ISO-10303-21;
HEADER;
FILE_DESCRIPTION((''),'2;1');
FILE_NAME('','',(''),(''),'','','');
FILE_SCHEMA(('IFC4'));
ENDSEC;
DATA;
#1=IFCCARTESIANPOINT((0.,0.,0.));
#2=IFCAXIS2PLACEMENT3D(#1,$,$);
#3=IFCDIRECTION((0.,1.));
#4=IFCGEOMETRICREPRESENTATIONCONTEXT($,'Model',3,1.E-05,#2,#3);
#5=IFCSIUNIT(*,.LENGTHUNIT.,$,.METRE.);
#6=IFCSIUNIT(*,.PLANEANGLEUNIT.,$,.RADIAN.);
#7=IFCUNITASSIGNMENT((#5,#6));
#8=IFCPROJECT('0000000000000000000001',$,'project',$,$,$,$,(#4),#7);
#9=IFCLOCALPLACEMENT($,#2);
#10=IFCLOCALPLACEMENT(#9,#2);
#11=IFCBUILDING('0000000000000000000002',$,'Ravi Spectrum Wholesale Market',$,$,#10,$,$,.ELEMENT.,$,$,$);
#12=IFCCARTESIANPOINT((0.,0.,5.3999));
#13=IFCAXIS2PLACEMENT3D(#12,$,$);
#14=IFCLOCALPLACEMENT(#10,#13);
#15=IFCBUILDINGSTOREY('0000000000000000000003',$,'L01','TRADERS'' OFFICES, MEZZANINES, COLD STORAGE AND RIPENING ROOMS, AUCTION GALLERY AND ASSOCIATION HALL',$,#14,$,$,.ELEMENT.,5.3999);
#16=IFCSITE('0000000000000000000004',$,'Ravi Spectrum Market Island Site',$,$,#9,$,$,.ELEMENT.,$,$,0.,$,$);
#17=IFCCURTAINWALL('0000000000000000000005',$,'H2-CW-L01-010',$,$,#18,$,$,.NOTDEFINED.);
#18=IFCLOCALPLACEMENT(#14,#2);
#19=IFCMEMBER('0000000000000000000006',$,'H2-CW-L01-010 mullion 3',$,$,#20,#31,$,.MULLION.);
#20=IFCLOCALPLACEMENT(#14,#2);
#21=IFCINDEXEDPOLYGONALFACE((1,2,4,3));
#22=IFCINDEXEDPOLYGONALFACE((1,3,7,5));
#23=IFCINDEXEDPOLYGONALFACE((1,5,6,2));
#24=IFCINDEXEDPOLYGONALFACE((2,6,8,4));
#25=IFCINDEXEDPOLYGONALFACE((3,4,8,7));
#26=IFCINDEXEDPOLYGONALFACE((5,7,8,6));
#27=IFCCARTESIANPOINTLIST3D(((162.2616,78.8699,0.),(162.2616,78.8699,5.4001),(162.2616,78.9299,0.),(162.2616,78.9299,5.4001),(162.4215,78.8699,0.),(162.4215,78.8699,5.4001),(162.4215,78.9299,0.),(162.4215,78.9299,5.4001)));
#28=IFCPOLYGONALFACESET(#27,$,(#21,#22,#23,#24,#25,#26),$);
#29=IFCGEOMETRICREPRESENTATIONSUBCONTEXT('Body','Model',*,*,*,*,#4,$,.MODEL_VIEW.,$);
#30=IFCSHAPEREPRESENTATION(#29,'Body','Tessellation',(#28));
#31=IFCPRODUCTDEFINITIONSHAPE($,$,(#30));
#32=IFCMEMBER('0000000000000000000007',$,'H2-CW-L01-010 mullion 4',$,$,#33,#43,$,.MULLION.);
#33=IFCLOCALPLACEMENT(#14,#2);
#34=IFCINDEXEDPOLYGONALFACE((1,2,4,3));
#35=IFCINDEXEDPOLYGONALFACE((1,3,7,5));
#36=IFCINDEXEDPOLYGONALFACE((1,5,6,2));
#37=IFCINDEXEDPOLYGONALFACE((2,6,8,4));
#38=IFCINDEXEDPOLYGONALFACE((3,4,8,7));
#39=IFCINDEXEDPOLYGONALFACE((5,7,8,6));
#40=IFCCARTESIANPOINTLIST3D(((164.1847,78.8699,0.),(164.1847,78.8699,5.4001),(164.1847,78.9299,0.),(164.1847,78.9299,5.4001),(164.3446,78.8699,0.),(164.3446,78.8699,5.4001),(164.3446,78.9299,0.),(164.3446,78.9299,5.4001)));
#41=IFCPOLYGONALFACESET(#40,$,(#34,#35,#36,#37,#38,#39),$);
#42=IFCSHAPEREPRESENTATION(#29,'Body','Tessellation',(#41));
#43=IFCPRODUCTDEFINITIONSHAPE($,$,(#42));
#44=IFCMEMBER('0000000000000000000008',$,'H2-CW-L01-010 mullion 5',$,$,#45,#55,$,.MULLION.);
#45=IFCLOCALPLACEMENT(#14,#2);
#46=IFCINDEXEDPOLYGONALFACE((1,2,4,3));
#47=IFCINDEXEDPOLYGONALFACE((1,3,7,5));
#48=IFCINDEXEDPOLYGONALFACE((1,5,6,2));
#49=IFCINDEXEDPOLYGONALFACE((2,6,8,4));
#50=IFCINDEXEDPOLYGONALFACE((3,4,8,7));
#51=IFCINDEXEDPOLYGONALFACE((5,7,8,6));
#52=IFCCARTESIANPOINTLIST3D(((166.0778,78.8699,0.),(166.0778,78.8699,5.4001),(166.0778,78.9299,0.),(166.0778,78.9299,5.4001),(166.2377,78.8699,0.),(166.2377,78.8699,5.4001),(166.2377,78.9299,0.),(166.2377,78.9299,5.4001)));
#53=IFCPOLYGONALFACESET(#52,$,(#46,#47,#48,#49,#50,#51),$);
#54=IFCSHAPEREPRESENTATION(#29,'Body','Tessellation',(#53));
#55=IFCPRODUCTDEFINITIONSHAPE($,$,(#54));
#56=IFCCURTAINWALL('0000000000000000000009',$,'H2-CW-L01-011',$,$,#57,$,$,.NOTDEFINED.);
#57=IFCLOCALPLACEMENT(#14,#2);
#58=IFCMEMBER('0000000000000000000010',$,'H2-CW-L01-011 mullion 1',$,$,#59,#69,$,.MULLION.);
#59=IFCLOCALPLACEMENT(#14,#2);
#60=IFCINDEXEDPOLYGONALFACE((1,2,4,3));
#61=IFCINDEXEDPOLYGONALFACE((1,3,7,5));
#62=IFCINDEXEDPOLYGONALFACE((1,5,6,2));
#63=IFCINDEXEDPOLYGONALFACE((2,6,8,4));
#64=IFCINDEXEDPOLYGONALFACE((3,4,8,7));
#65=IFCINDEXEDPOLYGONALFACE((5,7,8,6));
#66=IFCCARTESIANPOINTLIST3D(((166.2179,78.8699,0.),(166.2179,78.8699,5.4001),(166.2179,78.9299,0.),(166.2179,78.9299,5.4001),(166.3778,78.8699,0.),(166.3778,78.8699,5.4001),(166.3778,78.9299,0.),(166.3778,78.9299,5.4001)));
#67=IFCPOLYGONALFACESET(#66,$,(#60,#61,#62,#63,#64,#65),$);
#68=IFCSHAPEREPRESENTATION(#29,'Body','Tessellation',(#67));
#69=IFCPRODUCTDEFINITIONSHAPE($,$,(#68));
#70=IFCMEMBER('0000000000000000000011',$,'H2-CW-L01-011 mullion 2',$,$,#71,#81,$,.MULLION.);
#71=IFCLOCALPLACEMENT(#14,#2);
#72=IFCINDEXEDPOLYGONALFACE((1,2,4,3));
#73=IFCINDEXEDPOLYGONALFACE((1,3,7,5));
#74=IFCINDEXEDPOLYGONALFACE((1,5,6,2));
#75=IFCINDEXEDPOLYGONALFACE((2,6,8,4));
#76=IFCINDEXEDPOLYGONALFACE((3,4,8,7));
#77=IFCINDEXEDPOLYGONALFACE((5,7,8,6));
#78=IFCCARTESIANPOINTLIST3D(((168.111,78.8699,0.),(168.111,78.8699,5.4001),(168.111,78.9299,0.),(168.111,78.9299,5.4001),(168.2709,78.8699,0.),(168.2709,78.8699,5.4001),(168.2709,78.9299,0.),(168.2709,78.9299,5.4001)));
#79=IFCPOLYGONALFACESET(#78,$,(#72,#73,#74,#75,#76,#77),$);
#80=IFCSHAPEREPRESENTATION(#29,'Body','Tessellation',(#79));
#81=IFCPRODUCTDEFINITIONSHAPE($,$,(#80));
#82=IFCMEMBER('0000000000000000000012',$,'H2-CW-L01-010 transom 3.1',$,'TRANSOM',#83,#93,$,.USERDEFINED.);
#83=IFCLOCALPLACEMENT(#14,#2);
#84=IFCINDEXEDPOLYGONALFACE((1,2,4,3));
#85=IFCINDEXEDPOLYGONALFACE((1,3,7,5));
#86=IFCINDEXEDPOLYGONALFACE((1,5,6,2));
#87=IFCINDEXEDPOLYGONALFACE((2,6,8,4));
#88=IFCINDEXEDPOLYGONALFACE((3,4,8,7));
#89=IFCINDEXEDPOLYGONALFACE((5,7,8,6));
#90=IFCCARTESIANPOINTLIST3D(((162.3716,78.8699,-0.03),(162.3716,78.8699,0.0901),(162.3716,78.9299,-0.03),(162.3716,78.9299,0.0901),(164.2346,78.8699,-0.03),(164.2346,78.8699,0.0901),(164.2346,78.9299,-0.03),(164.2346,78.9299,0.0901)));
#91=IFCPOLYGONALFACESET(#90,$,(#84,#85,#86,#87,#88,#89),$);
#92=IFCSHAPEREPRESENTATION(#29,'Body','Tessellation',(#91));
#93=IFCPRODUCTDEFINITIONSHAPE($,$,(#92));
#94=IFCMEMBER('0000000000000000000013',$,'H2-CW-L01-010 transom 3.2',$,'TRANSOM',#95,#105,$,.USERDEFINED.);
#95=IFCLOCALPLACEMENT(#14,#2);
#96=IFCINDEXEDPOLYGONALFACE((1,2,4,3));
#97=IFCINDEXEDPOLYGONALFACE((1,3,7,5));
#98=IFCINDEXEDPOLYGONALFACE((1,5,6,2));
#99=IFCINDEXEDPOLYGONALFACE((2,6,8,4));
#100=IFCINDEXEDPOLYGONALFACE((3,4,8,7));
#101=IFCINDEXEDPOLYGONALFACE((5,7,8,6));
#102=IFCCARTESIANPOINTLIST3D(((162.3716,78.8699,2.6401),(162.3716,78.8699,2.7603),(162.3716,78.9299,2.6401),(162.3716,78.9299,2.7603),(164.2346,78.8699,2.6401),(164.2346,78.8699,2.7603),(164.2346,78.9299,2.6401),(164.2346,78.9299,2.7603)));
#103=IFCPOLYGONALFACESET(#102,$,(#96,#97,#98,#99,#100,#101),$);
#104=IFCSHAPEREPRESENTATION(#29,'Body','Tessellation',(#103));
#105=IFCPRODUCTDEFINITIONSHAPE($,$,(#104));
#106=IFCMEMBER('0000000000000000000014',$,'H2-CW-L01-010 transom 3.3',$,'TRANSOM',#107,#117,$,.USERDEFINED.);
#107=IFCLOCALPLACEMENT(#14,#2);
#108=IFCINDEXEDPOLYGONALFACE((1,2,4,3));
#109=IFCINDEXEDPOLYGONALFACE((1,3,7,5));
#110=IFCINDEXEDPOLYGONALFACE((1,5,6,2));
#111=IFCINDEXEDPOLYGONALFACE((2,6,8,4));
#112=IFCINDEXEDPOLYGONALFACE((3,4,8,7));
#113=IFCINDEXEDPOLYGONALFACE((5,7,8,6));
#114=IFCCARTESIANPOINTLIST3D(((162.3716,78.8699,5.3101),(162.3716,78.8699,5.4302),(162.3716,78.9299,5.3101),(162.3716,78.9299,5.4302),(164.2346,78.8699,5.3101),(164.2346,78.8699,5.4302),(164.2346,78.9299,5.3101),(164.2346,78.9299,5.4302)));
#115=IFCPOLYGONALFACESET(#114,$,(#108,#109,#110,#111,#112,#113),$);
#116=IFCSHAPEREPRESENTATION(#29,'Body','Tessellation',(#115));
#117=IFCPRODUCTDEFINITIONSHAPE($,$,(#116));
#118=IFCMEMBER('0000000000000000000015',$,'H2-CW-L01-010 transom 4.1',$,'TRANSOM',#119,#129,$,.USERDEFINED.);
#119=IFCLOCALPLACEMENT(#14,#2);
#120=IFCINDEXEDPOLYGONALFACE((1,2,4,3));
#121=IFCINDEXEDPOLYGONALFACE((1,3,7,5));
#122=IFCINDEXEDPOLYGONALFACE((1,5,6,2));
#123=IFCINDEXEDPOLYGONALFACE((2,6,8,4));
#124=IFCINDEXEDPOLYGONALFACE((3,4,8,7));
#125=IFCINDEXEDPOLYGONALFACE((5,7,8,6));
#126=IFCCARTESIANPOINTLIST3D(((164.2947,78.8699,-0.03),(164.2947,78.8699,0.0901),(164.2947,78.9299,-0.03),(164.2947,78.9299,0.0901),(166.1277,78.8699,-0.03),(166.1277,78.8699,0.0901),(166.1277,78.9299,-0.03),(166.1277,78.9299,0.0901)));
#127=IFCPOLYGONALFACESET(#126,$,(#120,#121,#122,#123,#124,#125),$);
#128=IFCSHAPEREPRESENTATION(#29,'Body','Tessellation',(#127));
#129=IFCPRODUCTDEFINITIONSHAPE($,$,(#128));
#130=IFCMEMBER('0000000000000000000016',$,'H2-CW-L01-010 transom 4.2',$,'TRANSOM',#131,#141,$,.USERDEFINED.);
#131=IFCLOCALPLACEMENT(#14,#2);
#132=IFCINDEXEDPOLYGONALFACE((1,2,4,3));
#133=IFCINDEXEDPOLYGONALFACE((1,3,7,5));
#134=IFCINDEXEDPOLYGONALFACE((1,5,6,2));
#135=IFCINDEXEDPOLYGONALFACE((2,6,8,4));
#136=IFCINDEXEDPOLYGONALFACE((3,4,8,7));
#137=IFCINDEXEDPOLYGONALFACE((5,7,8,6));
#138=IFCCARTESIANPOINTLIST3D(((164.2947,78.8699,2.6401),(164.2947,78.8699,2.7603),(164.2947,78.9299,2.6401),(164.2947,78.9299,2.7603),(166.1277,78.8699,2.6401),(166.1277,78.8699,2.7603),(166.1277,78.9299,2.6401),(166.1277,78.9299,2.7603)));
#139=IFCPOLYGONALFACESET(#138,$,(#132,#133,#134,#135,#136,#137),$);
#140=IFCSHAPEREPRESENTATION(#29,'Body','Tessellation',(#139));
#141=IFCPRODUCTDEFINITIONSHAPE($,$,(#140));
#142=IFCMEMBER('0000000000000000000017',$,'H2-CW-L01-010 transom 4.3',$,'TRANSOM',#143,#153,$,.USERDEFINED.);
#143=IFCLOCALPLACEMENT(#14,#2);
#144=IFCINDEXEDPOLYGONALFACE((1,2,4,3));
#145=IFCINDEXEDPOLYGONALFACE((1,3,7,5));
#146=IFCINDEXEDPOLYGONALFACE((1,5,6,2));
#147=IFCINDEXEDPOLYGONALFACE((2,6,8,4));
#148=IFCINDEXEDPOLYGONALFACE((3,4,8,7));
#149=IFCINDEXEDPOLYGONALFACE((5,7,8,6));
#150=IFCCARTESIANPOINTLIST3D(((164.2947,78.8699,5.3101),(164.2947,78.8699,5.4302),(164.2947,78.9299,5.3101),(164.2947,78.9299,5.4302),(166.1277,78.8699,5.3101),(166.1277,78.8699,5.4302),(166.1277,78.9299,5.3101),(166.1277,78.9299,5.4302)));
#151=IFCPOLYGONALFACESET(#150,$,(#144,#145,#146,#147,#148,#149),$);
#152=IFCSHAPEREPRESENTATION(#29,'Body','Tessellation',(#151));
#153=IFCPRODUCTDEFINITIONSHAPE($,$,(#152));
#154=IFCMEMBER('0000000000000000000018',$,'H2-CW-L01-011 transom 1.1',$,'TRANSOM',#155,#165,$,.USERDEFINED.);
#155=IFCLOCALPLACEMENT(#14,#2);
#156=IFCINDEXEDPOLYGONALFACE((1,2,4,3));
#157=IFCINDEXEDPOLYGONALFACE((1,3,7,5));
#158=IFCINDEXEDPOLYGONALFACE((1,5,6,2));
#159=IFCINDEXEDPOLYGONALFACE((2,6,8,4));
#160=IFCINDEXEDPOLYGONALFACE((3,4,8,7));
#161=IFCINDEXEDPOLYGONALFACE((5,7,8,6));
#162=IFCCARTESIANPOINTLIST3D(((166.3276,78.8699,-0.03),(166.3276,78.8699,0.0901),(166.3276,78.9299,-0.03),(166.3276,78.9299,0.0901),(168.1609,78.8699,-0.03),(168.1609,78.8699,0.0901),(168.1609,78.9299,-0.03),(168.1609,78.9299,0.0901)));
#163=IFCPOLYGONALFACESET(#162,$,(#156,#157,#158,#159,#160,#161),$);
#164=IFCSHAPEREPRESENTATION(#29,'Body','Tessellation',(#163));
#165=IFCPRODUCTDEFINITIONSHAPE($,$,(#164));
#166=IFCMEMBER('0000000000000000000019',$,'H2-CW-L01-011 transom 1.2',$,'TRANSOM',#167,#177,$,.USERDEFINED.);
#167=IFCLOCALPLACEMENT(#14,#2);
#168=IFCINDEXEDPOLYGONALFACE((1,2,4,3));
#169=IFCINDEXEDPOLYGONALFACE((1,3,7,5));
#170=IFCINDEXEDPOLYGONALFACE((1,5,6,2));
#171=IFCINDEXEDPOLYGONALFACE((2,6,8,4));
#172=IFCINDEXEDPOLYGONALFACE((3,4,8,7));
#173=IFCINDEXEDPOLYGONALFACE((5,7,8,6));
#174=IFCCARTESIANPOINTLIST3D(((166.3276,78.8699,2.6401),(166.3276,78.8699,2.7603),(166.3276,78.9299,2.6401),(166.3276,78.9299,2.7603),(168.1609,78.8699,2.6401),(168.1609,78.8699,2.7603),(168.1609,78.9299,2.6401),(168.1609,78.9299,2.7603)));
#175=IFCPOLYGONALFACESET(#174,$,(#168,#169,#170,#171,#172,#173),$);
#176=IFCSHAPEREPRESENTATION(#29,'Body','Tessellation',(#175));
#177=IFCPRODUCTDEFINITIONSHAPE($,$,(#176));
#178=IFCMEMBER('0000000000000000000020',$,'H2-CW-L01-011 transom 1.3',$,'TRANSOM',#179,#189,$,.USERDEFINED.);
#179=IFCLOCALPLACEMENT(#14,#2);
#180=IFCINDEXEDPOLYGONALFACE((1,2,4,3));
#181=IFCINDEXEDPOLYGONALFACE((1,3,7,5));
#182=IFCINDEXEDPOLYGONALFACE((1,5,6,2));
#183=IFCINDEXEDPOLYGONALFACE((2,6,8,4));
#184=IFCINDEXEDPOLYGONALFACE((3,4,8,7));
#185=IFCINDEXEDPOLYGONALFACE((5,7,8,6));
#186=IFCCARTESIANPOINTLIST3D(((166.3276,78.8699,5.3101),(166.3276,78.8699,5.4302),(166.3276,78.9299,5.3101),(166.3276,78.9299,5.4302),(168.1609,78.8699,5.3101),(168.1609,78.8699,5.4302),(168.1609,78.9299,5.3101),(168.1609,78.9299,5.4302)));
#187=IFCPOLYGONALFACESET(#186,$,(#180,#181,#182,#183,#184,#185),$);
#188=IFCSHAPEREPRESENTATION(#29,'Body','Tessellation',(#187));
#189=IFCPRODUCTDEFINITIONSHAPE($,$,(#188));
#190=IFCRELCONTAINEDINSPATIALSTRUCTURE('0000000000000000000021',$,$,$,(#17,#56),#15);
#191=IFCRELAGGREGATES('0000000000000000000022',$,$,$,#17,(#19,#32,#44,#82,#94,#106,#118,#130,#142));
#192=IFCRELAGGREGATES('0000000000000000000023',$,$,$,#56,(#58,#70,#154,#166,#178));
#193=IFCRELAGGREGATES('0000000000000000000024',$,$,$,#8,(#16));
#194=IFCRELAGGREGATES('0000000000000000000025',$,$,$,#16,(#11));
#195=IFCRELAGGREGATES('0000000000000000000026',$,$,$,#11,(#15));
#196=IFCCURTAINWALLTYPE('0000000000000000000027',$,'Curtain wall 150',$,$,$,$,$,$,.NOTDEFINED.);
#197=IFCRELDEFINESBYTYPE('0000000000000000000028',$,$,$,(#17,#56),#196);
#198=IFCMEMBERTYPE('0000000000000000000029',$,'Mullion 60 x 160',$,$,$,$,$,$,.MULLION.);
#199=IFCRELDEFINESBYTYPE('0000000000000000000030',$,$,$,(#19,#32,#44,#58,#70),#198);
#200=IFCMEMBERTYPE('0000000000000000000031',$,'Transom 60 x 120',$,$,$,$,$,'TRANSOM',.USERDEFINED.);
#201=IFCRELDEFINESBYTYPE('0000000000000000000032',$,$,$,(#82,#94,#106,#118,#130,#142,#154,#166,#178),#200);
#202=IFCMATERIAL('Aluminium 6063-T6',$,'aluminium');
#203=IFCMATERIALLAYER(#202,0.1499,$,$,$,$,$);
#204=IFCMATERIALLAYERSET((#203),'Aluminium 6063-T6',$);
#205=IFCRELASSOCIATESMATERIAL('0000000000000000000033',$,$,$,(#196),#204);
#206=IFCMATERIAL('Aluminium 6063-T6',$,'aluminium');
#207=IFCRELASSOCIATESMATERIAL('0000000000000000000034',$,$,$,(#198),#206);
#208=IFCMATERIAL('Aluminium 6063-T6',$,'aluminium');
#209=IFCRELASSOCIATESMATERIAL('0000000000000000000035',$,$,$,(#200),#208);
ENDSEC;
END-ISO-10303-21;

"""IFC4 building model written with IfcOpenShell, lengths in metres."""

from ifc_helpers import new_model, si_unit, direction, frame, origin, origin_2d, place, context, subcontext, project, spatial, rectangle, extrude, material, layer, layer_set, material_profile, profile_set, type_object, element, aggregate, save


model = new_model("IFC4")

# Units and contexts
model_context = context("Model", 3, precision=1e-05, world=origin(), true_north=direction((0.0, 1.0)))
body_context = subcontext(model_context, "Body", "Model", "MODEL_VIEW")
ifc_project = project(units=[si_unit("LENGTHUNIT", "METRE"), si_unit("PLANEANGLEUNIT", "RADIAN")], contexts=[model_context])

# Site, building, storey
site_placement = place(None, origin())
site = spatial("IfcSite", under=ifc_project, at=site_placement, Name="Ravi Spectrum Market Island Site", CompositionType="ELEMENT", RefElevation=0.0)
building_placement = place(site_placement, origin())
building = spatial("IfcBuilding", under=site, at=building_placement, Name="Ravi Spectrum Wholesale Market", CompositionType="ELEMENT")
storey_placement = place(building_placement, frame((0.0, 0.0, 5.3999)))
storey = spatial("IfcBuildingStorey", under=building, at=storey_placement, Name="L01", Description="TRADERS' OFFICES, MEZZANINES, COLD STORAGE AND RIPENING ROOMS, AUCTION GALLERY AND ASSOCIATION HALL", CompositionType="ELEMENT", Elevation=5.3999)

# Curtain walls, members
ifc_material_1 = material(Name="Aluminium 6063-T6", Category="aluminium")
ifc_layer_1 = layer(ifc_material_1, 0.1499)
ifc_layer_set_1 = layer_set([ifc_layer_1], Name="Aluminium 6063-T6")
curtain_wall_type = type_object("IfcCurtainWallType", Name="Curtain wall 150", PredefinedType="NOTDEFINED", material=ifc_layer_set_1)
curtain_wall_1_placement = place(storey_placement, origin())
curtain_wall_1 = element("IfcCurtainWall", 1, at=curtain_wall_1_placement, inside=storey, type_object=curtain_wall_type, Name="H2-CW-L01-010", PredefinedType="NOTDEFINED")
ifc_material_2 = material(Name="Aluminium 6063-T6", Category="aluminium")
ifc_material_profile_1 = material_profile(ifc_material_2, rectangle(XDim=0.0601, YDim=0.1599, at=origin_2d()))
ifc_profile_set_1 = profile_set([ifc_material_profile_1], Name="Aluminium 6063-T6")
member_type_1 = type_object("IfcMemberType", Name="Mullion 60 x 160", PredefinedType="MULLION", material=ifc_profile_set_1)
member_1_placement = place(storey_placement, frame((162.3416, 78.8999, 0.0), z_axis=(0.0, 0.0, 1.0), x_axis=(0.0, 1.0, 0.0)))
member_1 = element("IfcMember", 2, at=member_1_placement, type_object=member_type_1, Name="H2-CW-L01-010 mullion 3", PredefinedType="MULLION", context=body_context, shape_type="SweptSolid", body=[
    extrude(rectangle(XDim=0.0601, YDim=0.1599, at=origin_2d()), origin(), (0.0, 0.0, 1.0), 5.4001),
])
member_2_placement = place(storey_placement, frame((164.2646, 78.8999, 0.0), z_axis=(0.0, 0.0, 1.0), x_axis=(0.0, 1.0, 0.0)))
member_2 = element("IfcMember", 3, at=member_2_placement, type_object=member_type_1, Name="H2-CW-L01-010 mullion 4", PredefinedType="MULLION", context=body_context, shape_type="SweptSolid", body=[
    extrude(rectangle(XDim=0.0601, YDim=0.1599, at=origin_2d()), origin(), (0.0, 0.0, 1.0), 5.4001),
])
member_3_placement = place(storey_placement, frame((166.1577, 78.8999, 0.0), z_axis=(0.0, 0.0, 1.0), x_axis=(0.0, 1.0, 0.0)))
member_3 = element("IfcMember", 4, at=member_3_placement, type_object=member_type_1, Name="H2-CW-L01-010 mullion 5", PredefinedType="MULLION", context=body_context, shape_type="SweptSolid", body=[
    extrude(rectangle(XDim=0.0601, YDim=0.1599, at=origin_2d()), origin(), (0.0, 0.0, 1.0), 5.4001),
])
curtain_wall_2_placement = place(storey_placement, origin())
curtain_wall_2 = element("IfcCurtainWall", 5, at=curtain_wall_2_placement, inside=storey, type_object=curtain_wall_type, Name="H2-CW-L01-011", PredefinedType="NOTDEFINED")
member_4_placement = place(storey_placement, frame((166.2979, 78.8999, 0.0), z_axis=(0.0, 0.0, 1.0), x_axis=(0.0, 1.0, 0.0)))
member_4 = element("IfcMember", 6, at=member_4_placement, type_object=member_type_1, Name="H2-CW-L01-011 mullion 1", PredefinedType="MULLION", context=body_context, shape_type="SweptSolid", body=[
    extrude(rectangle(XDim=0.0601, YDim=0.1599, at=origin_2d()), origin(), (0.0, 0.0, 1.0), 5.4001),
])
member_5_placement = place(storey_placement, frame((168.1909, 78.8999, 0.0), z_axis=(0.0, 0.0, 1.0), x_axis=(0.0, 1.0, 0.0)))
member_5 = element("IfcMember", 7, at=member_5_placement, type_object=member_type_1, Name="H2-CW-L01-011 mullion 2", PredefinedType="MULLION", context=body_context, shape_type="SweptSolid", body=[
    extrude(rectangle(XDim=0.0601, YDim=0.1599, at=origin_2d()), origin(), (0.0, 0.0, 1.0), 5.4001),
])

# Members
ifc_material_3 = material(Name="Aluminium 6063-T6", Category="aluminium")
ifc_material_profile_2 = material_profile(ifc_material_3, rectangle(XDim=0.0601, YDim=0.1201, at=origin_2d()))
ifc_profile_set_2 = profile_set([ifc_material_profile_2], Name="Aluminium 6063-T6")
member_type_2 = type_object("IfcMemberType", Name="Transom 60 x 120", ElementType="TRANSOM", PredefinedType="USERDEFINED", material=ifc_profile_set_2)
member_6_placement = place(storey_placement, frame((162.3716, 78.8999, 0.03), z_axis=(1.0, 0.0, 0.0), x_axis=(0.0, 1.0, 0.0)))
member_6 = element("IfcMember", 8, at=member_6_placement, type_object=member_type_2, Name="H2-CW-L01-010 transom 3.1", ObjectType="TRANSOM", PredefinedType="USERDEFINED", context=body_context, shape_type="SweptSolid", body=[
    extrude(rectangle(XDim=0.0601, YDim=0.1201, at=origin_2d()), origin(), (0.0, 0.0, 1.0), 1.863),
])
member_7_placement = place(storey_placement, frame((162.3716, 78.8999, 2.7002), z_axis=(1.0, 0.0, 0.0), x_axis=(0.0, 1.0, 0.0)))
member_7 = element("IfcMember", 9, at=member_7_placement, type_object=member_type_2, Name="H2-CW-L01-010 transom 3.2", ObjectType="TRANSOM", PredefinedType="USERDEFINED", context=body_context, shape_type="SweptSolid", body=[
    extrude(rectangle(XDim=0.0601, YDim=0.1201, at=origin_2d()), origin(), (0.0, 0.0, 1.0), 1.863),
])
member_8_placement = place(storey_placement, frame((162.3716, 78.8999, 5.3701), z_axis=(1.0, 0.0, 0.0), x_axis=(0.0, 1.0, 0.0)))
member_8 = element("IfcMember", 10, at=member_8_placement, type_object=member_type_2, Name="H2-CW-L01-010 transom 3.3", ObjectType="TRANSOM", PredefinedType="USERDEFINED", context=body_context, shape_type="SweptSolid", body=[
    extrude(rectangle(XDim=0.0601, YDim=0.1201, at=origin_2d()), origin(), (0.0, 0.0, 1.0), 1.863),
])
member_9_placement = place(storey_placement, frame((164.2947, 78.8999, 0.03), z_axis=(1.0, 0.0, 0.0), x_axis=(0.0, 1.0, 0.0)))
member_9 = element("IfcMember", 11, at=member_9_placement, type_object=member_type_2, Name="H2-CW-L01-010 transom 4.1", ObjectType="TRANSOM", PredefinedType="USERDEFINED", context=body_context, shape_type="SweptSolid", body=[
    extrude(rectangle(XDim=0.0601, YDim=0.1201, at=origin_2d()), origin(), (0.0, 0.0, 1.0), 1.833),
])
member_10_placement = place(storey_placement, frame((164.2947, 78.8999, 2.7002), z_axis=(1.0, 0.0, 0.0), x_axis=(0.0, 1.0, 0.0)))
member_10 = element("IfcMember", 12, at=member_10_placement, type_object=member_type_2, Name="H2-CW-L01-010 transom 4.2", ObjectType="TRANSOM", PredefinedType="USERDEFINED", context=body_context, shape_type="SweptSolid", body=[
    extrude(rectangle(XDim=0.0601, YDim=0.1201, at=origin_2d()), origin(), (0.0, 0.0, 1.0), 1.833),
])
member_11_placement = place(storey_placement, frame((164.2947, 78.8999, 5.3701), z_axis=(1.0, 0.0, 0.0), x_axis=(0.0, 1.0, 0.0)))
member_11 = element("IfcMember", 13, at=member_11_placement, type_object=member_type_2, Name="H2-CW-L01-010 transom 4.3", ObjectType="TRANSOM", PredefinedType="USERDEFINED", context=body_context, shape_type="SweptSolid", body=[
    extrude(rectangle(XDim=0.0601, YDim=0.1201, at=origin_2d()), origin(), (0.0, 0.0, 1.0), 1.833),
])
member_12_placement = place(storey_placement, frame((166.3276, 78.8999, 0.03), z_axis=(1.0, 0.0, 0.0), x_axis=(0.0, 1.0, 0.0)))
member_12 = element("IfcMember", 14, at=member_12_placement, type_object=member_type_2, Name="H2-CW-L01-011 transom 1.1", ObjectType="TRANSOM", PredefinedType="USERDEFINED", context=body_context, shape_type="SweptSolid", body=[
    extrude(rectangle(XDim=0.0601, YDim=0.1201, at=origin_2d()), origin(), (0.0, 0.0, 1.0), 1.8333),
])
member_13_placement = place(storey_placement, frame((166.3276, 78.8999, 2.7002), z_axis=(1.0, 0.0, 0.0), x_axis=(0.0, 1.0, 0.0)))
member_13 = element("IfcMember", 15, at=member_13_placement, type_object=member_type_2, Name="H2-CW-L01-011 transom 1.2", ObjectType="TRANSOM", PredefinedType="USERDEFINED", context=body_context, shape_type="SweptSolid", body=[
    extrude(rectangle(XDim=0.0601, YDim=0.1201, at=origin_2d()), origin(), (0.0, 0.0, 1.0), 1.8333),
])
member_14_placement = place(storey_placement, frame((166.3276, 78.8999, 5.3701), z_axis=(1.0, 0.0, 0.0), x_axis=(0.0, 1.0, 0.0)))
member_14 = element("IfcMember", 16, at=member_14_placement, type_object=member_type_2, Name="H2-CW-L01-011 transom 1.3", ObjectType="TRANSOM", PredefinedType="USERDEFINED", context=body_context, shape_type="SweptSolid", body=[
    extrude(rectangle(XDim=0.0601, YDim=0.1201, at=origin_2d()), origin(), (0.0, 0.0, 1.0), 1.8333),
])

aggregate(curtain_wall_1, [member_1, member_2, member_3, member_6, member_7, member_8, member_9, member_10, member_11])
aggregate(curtain_wall_2, [member_4, member_5, member_12, member_13, member_14])

save(model, "model.ifc")
